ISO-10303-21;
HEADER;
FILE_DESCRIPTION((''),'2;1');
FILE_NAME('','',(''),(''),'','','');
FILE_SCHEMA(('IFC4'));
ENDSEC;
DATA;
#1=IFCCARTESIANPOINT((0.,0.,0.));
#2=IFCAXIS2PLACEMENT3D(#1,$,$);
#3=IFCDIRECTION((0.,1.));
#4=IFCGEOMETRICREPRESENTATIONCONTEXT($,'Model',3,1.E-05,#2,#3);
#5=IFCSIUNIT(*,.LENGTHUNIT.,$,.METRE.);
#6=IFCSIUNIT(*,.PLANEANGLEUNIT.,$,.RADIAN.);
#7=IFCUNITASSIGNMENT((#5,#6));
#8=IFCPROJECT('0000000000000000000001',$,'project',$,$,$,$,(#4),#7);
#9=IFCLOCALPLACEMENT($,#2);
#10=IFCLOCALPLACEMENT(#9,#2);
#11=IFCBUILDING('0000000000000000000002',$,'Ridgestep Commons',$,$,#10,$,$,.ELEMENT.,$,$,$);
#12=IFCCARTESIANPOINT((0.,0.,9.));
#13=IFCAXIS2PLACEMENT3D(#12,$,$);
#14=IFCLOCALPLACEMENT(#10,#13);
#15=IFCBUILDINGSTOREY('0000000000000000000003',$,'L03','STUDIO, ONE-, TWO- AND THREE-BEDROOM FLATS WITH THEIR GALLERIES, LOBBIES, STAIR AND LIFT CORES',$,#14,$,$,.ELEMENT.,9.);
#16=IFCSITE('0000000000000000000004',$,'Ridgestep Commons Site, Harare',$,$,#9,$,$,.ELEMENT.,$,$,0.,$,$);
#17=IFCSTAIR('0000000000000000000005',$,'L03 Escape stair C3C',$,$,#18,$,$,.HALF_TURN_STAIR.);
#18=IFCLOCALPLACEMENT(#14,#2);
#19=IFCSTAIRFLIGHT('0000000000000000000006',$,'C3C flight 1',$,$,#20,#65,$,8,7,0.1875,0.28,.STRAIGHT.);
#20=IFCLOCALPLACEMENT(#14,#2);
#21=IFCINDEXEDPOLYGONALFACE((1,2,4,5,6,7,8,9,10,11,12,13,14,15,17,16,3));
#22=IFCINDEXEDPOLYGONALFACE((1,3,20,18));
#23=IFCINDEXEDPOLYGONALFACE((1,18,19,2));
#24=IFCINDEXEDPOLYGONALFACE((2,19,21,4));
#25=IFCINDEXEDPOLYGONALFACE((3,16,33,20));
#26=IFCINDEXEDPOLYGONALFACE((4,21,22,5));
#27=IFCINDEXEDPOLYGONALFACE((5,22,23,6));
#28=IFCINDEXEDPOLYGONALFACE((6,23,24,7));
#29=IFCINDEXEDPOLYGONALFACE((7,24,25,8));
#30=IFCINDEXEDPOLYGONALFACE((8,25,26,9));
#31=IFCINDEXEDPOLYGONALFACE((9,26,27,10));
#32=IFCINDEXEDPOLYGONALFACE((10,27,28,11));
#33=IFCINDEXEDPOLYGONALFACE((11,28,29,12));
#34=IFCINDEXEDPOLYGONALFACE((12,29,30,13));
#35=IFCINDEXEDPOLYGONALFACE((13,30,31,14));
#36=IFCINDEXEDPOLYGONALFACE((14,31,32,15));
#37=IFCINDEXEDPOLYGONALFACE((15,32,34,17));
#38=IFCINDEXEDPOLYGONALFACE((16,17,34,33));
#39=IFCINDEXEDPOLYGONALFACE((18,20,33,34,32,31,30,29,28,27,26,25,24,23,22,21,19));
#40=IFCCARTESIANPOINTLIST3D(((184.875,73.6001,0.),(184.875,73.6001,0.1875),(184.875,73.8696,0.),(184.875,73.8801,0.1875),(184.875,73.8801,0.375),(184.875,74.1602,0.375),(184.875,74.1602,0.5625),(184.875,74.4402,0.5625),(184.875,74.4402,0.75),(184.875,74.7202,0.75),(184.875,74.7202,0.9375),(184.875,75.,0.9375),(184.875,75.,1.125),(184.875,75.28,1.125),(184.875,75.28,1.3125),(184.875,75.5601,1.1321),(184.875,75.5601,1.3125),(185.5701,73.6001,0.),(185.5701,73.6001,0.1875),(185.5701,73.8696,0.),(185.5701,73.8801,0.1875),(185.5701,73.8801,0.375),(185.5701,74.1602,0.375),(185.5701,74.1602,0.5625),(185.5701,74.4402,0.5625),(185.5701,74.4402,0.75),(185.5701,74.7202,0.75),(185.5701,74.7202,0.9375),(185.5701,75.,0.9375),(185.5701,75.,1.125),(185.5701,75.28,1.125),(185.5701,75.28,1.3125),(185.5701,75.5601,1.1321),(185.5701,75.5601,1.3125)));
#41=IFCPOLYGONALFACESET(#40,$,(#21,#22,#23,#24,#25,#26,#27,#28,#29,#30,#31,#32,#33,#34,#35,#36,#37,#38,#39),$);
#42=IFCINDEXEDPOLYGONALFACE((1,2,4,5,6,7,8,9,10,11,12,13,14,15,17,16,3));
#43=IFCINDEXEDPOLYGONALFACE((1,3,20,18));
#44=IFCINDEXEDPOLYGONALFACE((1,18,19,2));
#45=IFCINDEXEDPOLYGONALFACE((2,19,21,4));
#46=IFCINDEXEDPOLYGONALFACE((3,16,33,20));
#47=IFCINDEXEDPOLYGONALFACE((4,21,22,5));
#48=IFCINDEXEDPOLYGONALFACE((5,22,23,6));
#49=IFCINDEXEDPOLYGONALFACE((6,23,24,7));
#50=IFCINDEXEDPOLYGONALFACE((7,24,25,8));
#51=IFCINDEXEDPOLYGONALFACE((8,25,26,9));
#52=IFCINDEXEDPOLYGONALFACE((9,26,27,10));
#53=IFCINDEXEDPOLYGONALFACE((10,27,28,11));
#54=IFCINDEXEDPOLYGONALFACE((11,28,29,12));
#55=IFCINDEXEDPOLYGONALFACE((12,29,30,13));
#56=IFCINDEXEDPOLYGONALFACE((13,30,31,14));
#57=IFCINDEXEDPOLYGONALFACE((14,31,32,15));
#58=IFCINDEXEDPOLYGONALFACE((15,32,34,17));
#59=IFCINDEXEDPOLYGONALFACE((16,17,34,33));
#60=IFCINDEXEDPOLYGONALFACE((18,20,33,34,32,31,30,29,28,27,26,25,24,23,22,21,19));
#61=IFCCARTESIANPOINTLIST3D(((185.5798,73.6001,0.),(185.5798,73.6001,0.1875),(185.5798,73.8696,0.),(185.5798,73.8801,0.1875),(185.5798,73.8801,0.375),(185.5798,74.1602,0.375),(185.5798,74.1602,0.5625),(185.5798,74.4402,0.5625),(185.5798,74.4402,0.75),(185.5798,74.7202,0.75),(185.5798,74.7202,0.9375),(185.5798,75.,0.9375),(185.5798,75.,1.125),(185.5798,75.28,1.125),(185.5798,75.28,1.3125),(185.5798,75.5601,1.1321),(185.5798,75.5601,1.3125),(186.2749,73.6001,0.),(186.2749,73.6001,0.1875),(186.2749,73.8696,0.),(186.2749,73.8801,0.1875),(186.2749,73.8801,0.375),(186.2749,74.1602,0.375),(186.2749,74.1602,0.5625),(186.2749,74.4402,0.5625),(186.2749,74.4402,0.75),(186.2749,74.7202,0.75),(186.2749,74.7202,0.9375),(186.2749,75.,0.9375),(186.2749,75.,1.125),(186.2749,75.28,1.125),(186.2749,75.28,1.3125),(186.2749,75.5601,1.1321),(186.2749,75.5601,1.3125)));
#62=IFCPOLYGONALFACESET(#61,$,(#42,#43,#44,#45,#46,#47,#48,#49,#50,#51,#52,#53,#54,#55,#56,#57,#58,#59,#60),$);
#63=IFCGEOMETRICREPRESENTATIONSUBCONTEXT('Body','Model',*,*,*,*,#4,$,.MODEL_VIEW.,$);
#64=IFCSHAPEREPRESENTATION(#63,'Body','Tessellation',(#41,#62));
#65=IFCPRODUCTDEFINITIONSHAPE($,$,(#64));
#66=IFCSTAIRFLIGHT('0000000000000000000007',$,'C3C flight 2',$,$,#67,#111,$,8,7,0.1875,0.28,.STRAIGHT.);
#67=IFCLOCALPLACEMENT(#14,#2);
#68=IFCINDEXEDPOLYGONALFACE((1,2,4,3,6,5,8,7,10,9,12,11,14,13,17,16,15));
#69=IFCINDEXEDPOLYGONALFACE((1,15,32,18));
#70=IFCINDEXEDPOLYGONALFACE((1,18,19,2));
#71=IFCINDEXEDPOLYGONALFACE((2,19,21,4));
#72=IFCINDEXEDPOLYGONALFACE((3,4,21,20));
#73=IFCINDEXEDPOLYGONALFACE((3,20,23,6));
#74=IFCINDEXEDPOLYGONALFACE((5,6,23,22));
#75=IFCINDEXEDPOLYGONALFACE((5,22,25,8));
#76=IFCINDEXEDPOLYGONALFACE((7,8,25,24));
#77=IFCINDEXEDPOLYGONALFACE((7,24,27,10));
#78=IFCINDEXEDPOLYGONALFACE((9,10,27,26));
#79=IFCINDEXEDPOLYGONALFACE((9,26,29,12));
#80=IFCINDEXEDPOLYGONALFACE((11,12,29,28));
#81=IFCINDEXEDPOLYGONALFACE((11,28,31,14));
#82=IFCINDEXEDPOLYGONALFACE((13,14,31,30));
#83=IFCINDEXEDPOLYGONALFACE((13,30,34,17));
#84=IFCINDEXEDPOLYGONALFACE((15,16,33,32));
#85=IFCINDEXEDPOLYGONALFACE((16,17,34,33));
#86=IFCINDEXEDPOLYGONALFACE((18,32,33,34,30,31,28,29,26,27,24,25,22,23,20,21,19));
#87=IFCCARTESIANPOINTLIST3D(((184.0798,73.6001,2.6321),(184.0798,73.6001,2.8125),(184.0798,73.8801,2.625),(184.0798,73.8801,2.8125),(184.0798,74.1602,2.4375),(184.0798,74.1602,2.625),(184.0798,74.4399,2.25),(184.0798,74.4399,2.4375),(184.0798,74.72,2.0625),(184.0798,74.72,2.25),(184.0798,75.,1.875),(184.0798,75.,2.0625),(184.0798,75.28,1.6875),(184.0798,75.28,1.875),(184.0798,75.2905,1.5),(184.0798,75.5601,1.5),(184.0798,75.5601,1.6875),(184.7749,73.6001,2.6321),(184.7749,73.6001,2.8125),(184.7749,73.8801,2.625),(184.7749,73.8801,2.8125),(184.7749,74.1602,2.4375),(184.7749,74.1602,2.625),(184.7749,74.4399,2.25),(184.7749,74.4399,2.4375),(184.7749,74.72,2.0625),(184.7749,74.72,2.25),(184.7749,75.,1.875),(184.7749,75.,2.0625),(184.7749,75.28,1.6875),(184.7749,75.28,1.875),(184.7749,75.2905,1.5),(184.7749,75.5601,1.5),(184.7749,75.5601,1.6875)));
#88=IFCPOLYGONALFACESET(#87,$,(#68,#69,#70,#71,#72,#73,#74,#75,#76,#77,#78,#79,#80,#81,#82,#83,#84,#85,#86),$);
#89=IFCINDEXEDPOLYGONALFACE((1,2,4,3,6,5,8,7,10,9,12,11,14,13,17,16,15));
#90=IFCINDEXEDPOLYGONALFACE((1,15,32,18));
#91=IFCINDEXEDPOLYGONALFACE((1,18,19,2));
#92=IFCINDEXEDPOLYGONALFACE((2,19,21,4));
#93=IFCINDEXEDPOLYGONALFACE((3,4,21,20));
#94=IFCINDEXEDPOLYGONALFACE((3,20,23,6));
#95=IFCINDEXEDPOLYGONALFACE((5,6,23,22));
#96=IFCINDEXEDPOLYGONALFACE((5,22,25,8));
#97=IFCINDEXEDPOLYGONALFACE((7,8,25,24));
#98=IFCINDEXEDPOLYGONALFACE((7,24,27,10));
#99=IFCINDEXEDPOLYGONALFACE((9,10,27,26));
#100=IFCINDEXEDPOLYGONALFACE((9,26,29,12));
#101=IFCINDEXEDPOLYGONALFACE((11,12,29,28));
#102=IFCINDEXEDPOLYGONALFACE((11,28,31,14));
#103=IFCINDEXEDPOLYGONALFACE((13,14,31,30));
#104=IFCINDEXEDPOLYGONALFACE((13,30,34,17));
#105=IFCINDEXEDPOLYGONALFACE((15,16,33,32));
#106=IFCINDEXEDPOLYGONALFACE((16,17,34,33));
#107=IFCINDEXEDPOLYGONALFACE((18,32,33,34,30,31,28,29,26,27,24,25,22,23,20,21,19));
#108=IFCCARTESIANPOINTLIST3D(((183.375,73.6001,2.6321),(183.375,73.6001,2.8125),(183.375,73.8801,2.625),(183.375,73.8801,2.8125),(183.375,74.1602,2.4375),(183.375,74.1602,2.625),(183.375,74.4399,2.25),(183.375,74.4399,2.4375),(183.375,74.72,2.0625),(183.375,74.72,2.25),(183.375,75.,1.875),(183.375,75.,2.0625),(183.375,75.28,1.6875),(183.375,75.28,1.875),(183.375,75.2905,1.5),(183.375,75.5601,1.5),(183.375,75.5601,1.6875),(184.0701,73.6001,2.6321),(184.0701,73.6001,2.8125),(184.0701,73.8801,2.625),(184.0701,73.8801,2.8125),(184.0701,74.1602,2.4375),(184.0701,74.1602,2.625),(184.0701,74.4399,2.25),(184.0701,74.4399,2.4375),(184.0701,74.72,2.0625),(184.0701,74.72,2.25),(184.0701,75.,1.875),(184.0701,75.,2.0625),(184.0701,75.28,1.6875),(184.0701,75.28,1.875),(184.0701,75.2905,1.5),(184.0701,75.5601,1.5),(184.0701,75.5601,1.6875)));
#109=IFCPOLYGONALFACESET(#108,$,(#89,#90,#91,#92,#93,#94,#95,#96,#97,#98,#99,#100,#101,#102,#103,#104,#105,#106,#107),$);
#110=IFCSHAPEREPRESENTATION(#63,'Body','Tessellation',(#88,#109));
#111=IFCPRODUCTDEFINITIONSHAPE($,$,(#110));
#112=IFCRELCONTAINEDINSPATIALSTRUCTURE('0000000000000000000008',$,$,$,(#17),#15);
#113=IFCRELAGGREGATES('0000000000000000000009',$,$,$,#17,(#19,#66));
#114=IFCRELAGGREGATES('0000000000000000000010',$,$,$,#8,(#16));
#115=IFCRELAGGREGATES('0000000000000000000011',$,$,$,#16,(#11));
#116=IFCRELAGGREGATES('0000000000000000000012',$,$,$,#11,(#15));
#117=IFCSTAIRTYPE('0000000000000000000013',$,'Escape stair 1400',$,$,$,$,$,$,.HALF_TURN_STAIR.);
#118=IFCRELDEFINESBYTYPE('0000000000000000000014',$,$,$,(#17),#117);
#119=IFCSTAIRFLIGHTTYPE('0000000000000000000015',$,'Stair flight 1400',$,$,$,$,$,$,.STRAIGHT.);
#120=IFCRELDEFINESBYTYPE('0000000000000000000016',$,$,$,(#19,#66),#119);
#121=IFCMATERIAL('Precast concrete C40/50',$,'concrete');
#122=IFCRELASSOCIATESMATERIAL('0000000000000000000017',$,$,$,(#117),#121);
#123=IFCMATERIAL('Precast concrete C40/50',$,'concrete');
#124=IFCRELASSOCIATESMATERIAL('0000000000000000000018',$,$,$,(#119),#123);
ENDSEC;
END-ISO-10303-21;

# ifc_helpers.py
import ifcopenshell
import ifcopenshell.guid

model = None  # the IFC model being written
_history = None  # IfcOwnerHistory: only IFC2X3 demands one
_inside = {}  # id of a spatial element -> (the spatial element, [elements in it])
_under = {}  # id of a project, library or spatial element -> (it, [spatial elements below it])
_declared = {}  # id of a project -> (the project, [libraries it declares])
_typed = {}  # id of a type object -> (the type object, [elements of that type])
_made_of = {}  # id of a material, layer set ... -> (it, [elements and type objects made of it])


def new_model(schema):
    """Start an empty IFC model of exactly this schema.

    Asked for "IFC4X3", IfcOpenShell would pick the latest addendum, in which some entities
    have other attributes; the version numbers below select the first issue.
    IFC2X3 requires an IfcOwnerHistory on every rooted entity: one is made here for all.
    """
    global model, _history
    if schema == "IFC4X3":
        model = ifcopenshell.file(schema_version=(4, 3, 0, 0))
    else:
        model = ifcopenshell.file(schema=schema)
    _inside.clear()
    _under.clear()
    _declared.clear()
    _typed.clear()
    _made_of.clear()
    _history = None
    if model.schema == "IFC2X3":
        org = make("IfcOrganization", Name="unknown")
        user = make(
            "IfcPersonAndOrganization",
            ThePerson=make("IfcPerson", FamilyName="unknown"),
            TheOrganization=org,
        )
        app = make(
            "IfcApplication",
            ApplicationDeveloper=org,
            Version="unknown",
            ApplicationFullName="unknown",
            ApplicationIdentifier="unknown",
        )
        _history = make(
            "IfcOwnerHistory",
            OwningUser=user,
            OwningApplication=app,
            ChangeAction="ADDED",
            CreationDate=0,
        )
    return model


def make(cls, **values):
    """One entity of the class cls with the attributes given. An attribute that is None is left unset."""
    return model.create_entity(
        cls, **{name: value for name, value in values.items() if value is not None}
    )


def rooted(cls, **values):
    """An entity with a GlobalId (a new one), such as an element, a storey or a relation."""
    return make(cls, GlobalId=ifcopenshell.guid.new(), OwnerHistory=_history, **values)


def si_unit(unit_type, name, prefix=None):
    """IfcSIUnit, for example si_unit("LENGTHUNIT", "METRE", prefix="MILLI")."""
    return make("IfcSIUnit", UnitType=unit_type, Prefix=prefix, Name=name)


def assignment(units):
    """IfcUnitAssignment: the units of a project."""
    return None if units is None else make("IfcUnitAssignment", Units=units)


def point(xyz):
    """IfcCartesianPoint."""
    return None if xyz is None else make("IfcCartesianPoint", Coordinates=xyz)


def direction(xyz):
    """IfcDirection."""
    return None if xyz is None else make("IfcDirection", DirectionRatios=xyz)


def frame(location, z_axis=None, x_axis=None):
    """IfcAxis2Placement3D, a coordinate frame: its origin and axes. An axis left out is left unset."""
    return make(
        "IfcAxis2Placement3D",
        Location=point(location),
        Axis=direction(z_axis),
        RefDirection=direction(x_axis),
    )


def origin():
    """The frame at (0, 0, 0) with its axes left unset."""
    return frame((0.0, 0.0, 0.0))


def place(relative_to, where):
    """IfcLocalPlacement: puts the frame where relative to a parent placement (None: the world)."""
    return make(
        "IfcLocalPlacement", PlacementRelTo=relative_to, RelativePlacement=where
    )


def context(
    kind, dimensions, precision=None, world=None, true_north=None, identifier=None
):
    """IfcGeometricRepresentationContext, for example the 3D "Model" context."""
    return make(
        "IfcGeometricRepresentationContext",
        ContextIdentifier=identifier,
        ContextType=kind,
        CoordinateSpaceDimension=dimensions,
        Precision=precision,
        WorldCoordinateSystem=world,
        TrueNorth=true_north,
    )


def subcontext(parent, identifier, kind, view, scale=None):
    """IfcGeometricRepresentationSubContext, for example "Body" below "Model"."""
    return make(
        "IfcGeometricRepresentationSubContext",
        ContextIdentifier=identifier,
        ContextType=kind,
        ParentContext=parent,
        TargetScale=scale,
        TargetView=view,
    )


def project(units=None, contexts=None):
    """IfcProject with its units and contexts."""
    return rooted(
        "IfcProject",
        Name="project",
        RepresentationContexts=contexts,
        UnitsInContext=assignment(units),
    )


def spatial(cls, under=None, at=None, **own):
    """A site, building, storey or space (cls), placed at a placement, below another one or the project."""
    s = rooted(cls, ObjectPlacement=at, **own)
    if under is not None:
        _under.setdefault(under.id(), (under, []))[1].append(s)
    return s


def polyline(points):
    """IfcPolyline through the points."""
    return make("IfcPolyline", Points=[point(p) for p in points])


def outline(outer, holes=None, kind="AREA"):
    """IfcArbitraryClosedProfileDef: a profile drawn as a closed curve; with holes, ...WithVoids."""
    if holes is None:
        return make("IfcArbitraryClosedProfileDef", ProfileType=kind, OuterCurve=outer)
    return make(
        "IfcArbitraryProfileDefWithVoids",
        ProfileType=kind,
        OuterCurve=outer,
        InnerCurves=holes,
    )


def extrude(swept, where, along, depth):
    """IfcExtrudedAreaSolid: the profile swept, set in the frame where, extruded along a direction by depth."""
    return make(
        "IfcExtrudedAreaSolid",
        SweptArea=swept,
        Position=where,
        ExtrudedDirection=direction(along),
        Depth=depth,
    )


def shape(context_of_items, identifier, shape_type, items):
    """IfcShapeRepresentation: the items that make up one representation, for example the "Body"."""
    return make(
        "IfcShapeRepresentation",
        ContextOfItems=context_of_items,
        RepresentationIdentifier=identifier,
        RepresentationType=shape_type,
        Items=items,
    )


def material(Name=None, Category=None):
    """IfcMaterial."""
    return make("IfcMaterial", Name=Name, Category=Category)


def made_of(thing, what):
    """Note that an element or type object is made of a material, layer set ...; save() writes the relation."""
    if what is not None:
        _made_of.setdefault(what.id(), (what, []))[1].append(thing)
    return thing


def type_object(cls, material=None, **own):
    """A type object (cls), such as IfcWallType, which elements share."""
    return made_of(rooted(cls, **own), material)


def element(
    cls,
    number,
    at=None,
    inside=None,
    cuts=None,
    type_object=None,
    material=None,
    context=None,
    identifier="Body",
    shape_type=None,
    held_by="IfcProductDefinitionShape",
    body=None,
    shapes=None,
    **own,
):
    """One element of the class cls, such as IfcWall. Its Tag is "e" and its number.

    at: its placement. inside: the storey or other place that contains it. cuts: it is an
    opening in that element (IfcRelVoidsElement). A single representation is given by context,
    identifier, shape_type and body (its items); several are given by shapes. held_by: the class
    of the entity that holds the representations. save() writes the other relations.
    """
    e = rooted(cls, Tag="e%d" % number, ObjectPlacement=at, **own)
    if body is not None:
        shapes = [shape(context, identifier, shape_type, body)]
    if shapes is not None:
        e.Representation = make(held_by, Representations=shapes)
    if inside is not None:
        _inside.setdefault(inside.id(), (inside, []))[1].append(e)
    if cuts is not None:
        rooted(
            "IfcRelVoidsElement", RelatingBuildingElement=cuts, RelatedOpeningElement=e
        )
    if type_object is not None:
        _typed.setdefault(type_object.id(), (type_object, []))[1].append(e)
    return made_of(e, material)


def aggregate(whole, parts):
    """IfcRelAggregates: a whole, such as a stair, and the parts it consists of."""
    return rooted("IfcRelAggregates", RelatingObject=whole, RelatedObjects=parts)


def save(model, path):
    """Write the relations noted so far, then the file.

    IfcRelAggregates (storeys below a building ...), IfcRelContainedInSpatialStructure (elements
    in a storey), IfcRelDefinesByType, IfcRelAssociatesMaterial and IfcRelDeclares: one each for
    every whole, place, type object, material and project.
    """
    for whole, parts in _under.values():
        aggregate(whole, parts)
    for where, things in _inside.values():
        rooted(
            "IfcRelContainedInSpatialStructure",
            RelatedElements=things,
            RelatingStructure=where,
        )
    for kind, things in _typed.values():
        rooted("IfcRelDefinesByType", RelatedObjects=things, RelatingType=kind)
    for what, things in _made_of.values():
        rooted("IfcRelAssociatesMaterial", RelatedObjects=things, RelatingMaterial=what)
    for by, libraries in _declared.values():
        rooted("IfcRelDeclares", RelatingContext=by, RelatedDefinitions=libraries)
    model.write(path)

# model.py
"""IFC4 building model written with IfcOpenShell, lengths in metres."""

from ifc_helpers import new_model, si_unit, direction, frame, origin, place, context, subcontext, project, spatial, polyline, outline, extrude, material, type_object, element, aggregate, save


model = new_model("IFC4")

# Units and contexts
model_context = context("Model", 3, precision=1e-05, world=origin(), true_north=direction((0.0, 1.0)))
body_context = subcontext(model_context, "Body", "Model", "MODEL_VIEW")
ifc_project = project(units=[si_unit("LENGTHUNIT", "METRE"), si_unit("PLANEANGLEUNIT", "RADIAN")], contexts=[model_context])

# Site, building, storey
site_placement = place(None, origin())
site = spatial("IfcSite", under=ifc_project, at=site_placement, Name="Ridgestep Commons Site, Harare", CompositionType="ELEMENT", RefElevation=0.0)
building_placement = place(site_placement, origin())
building = spatial("IfcBuilding", under=site, at=building_placement, Name="Ridgestep Commons", CompositionType="ELEMENT")
storey_placement = place(building_placement, frame((0.0, 0.0, 9.0)))
storey = spatial("IfcBuildingStorey", under=building, at=storey_placement, Name="L03", Description="STUDIO, ONE-, TWO- AND THREE-BEDROOM FLATS WITH THEIR GALLERIES, LOBBIES, STAIR AND LIFT CORES", CompositionType="ELEMENT", Elevation=9.0)

# Stair, stair flights
ifc_material_1 = material(Name="Precast concrete C40/50", Category="concrete")
stair_type = type_object("IfcStairType", Name="Escape stair 1400", PredefinedType="HALF_TURN_STAIR", material=ifc_material_1)
stair_placement = place(storey_placement, origin())
stair = element("IfcStair", 1, at=stair_placement, inside=storey, type_object=stair_type, Name="L03 Escape stair C3C", PredefinedType="HALF_TURN_STAIR")
ifc_material_2 = material(Name="Precast concrete C40/50", Category="concrete")
stair_flight_type = type_object("IfcStairFlightType", Name="Stair flight 1400", PredefinedType="STRAIGHT", material=ifc_material_2)
stair_flight_1_placement = place(storey_placement, frame((185.575, 73.6001, 0.0), z_axis=(0.0, 0.0, 1.0), x_axis=(0.0, 1.0, 0.0)))
stair_flight_1 = element("IfcStairFlight", 2, at=stair_flight_1_placement, type_object=stair_flight_type, Name="C3C flight 1", NumberOfRisers=8, NumberOfTreads=7, PredefinedType="STRAIGHT", RiserHeight=0.1875, TreadLength=0.28, context=body_context, shape_type="SweptSolid", body=[
    extrude(outline(polyline([(0.0, 0.0), (0.0, 0.1875), (0.28, 0.1875), (0.28, 0.375), (0.5601, 0.375), (0.5601, 0.5625), (0.8401, 0.5625), (0.8401, 0.75), (1.1201, 0.75), (1.1201, 0.9375), (1.3999, 0.9375), (1.3999, 1.125), (1.6799, 1.125), (1.6799, 1.3125), (1.96, 1.3125), (1.96, 1.5), (1.96, 1.1321), (0.2695, 0.0), (0.0, 0.0)])), frame((0.0, 0.7, 0.0), z_axis=(0.0, -1.0, 0.0), x_axis=(1.0, 0.0, 0.0)), (0.0, 0.0, 1.0), 0.6951),
    extrude(outline(polyline([(0.0, 0.0), (0.0, 0.1875), (0.28, 0.1875), (0.28, 0.375), (0.5601, 0.375), (0.5601, 0.5625), (0.8401, 0.5625), (0.8401, 0.75), (1.1201, 0.75), (1.1201, 0.9375), (1.3999, 0.9375), (1.3999, 1.125), (1.6799, 1.125), (1.6799, 1.3125), (1.96, 1.3125), (1.96, 1.5), (1.96, 1.1321), (0.2695, 0.0), (0.0, 0.0)])), frame((0.0, -0.0049, 0.0), z_axis=(0.0, -1.0, 0.0), x_axis=(1.0, 0.0, 0.0)), (0.0, 0.0, 1.0), 0.6951),
])
stair_flight_2_placement = place(storey_placement, frame((184.075, 75.5601, 1.5), z_axis=(0.0, 0.0, 1.0), x_axis=(0.0, -1.0, 0.0)))
stair_flight_2 = element("IfcStairFlight", 3, at=stair_flight_2_placement, type_object=stair_flight_type, Name="C3C flight 2", NumberOfRisers=8, NumberOfTreads=7, PredefinedType="STRAIGHT", RiserHeight=0.1875, TreadLength=0.28, context=body_context, shape_type="SweptSolid", body=[
    extrude(outline(polyline([(0.0, 0.0), (0.0, 0.1875), (0.28, 0.1875), (0.28, 0.375), (0.5601, 0.375), (0.5601, 0.5625), (0.8401, 0.5625), (0.8401, 0.75), (1.1201, 0.75), (1.1201, 0.9375), (1.3999, 0.9375), (1.3999, 1.125), (1.6799, 1.125), (1.6799, 1.3125), (1.96, 1.3125), (1.96, 1.5), (1.96, 1.1321), (0.2695, 0.0), (0.0, 0.0)])), frame((0.0, 0.7, 0.0), z_axis=(0.0, -1.0, 0.0), x_axis=(1.0, 0.0, 0.0)), (0.0, 0.0, 1.0), 0.6951),
    extrude(outline(polyline([(0.0, 0.0), (0.0, 0.1875), (0.28, 0.1875), (0.28, 0.375), (0.5601, 0.375), (0.5601, 0.5625), (0.8401, 0.5625), (0.8401, 0.75), (1.1201, 0.75), (1.1201, 0.9375), (1.3999, 0.9375), (1.3999, 1.125), (1.6799, 1.125), (1.6799, 1.3125), (1.96, 1.3125), (1.96, 1.5), (1.96, 1.1321), (0.2695, 0.0), (0.0, 0.0)])), frame((0.0, -0.0049, 0.0), z_axis=(0.0, -1.0, 0.0), x_axis=(1.0, 0.0, 0.0)), (0.0, 0.0, 1.0), 0.6951),
])
aggregate(stair, [stair_flight_1, stair_flight_2])

save(model, "model.ifc")
